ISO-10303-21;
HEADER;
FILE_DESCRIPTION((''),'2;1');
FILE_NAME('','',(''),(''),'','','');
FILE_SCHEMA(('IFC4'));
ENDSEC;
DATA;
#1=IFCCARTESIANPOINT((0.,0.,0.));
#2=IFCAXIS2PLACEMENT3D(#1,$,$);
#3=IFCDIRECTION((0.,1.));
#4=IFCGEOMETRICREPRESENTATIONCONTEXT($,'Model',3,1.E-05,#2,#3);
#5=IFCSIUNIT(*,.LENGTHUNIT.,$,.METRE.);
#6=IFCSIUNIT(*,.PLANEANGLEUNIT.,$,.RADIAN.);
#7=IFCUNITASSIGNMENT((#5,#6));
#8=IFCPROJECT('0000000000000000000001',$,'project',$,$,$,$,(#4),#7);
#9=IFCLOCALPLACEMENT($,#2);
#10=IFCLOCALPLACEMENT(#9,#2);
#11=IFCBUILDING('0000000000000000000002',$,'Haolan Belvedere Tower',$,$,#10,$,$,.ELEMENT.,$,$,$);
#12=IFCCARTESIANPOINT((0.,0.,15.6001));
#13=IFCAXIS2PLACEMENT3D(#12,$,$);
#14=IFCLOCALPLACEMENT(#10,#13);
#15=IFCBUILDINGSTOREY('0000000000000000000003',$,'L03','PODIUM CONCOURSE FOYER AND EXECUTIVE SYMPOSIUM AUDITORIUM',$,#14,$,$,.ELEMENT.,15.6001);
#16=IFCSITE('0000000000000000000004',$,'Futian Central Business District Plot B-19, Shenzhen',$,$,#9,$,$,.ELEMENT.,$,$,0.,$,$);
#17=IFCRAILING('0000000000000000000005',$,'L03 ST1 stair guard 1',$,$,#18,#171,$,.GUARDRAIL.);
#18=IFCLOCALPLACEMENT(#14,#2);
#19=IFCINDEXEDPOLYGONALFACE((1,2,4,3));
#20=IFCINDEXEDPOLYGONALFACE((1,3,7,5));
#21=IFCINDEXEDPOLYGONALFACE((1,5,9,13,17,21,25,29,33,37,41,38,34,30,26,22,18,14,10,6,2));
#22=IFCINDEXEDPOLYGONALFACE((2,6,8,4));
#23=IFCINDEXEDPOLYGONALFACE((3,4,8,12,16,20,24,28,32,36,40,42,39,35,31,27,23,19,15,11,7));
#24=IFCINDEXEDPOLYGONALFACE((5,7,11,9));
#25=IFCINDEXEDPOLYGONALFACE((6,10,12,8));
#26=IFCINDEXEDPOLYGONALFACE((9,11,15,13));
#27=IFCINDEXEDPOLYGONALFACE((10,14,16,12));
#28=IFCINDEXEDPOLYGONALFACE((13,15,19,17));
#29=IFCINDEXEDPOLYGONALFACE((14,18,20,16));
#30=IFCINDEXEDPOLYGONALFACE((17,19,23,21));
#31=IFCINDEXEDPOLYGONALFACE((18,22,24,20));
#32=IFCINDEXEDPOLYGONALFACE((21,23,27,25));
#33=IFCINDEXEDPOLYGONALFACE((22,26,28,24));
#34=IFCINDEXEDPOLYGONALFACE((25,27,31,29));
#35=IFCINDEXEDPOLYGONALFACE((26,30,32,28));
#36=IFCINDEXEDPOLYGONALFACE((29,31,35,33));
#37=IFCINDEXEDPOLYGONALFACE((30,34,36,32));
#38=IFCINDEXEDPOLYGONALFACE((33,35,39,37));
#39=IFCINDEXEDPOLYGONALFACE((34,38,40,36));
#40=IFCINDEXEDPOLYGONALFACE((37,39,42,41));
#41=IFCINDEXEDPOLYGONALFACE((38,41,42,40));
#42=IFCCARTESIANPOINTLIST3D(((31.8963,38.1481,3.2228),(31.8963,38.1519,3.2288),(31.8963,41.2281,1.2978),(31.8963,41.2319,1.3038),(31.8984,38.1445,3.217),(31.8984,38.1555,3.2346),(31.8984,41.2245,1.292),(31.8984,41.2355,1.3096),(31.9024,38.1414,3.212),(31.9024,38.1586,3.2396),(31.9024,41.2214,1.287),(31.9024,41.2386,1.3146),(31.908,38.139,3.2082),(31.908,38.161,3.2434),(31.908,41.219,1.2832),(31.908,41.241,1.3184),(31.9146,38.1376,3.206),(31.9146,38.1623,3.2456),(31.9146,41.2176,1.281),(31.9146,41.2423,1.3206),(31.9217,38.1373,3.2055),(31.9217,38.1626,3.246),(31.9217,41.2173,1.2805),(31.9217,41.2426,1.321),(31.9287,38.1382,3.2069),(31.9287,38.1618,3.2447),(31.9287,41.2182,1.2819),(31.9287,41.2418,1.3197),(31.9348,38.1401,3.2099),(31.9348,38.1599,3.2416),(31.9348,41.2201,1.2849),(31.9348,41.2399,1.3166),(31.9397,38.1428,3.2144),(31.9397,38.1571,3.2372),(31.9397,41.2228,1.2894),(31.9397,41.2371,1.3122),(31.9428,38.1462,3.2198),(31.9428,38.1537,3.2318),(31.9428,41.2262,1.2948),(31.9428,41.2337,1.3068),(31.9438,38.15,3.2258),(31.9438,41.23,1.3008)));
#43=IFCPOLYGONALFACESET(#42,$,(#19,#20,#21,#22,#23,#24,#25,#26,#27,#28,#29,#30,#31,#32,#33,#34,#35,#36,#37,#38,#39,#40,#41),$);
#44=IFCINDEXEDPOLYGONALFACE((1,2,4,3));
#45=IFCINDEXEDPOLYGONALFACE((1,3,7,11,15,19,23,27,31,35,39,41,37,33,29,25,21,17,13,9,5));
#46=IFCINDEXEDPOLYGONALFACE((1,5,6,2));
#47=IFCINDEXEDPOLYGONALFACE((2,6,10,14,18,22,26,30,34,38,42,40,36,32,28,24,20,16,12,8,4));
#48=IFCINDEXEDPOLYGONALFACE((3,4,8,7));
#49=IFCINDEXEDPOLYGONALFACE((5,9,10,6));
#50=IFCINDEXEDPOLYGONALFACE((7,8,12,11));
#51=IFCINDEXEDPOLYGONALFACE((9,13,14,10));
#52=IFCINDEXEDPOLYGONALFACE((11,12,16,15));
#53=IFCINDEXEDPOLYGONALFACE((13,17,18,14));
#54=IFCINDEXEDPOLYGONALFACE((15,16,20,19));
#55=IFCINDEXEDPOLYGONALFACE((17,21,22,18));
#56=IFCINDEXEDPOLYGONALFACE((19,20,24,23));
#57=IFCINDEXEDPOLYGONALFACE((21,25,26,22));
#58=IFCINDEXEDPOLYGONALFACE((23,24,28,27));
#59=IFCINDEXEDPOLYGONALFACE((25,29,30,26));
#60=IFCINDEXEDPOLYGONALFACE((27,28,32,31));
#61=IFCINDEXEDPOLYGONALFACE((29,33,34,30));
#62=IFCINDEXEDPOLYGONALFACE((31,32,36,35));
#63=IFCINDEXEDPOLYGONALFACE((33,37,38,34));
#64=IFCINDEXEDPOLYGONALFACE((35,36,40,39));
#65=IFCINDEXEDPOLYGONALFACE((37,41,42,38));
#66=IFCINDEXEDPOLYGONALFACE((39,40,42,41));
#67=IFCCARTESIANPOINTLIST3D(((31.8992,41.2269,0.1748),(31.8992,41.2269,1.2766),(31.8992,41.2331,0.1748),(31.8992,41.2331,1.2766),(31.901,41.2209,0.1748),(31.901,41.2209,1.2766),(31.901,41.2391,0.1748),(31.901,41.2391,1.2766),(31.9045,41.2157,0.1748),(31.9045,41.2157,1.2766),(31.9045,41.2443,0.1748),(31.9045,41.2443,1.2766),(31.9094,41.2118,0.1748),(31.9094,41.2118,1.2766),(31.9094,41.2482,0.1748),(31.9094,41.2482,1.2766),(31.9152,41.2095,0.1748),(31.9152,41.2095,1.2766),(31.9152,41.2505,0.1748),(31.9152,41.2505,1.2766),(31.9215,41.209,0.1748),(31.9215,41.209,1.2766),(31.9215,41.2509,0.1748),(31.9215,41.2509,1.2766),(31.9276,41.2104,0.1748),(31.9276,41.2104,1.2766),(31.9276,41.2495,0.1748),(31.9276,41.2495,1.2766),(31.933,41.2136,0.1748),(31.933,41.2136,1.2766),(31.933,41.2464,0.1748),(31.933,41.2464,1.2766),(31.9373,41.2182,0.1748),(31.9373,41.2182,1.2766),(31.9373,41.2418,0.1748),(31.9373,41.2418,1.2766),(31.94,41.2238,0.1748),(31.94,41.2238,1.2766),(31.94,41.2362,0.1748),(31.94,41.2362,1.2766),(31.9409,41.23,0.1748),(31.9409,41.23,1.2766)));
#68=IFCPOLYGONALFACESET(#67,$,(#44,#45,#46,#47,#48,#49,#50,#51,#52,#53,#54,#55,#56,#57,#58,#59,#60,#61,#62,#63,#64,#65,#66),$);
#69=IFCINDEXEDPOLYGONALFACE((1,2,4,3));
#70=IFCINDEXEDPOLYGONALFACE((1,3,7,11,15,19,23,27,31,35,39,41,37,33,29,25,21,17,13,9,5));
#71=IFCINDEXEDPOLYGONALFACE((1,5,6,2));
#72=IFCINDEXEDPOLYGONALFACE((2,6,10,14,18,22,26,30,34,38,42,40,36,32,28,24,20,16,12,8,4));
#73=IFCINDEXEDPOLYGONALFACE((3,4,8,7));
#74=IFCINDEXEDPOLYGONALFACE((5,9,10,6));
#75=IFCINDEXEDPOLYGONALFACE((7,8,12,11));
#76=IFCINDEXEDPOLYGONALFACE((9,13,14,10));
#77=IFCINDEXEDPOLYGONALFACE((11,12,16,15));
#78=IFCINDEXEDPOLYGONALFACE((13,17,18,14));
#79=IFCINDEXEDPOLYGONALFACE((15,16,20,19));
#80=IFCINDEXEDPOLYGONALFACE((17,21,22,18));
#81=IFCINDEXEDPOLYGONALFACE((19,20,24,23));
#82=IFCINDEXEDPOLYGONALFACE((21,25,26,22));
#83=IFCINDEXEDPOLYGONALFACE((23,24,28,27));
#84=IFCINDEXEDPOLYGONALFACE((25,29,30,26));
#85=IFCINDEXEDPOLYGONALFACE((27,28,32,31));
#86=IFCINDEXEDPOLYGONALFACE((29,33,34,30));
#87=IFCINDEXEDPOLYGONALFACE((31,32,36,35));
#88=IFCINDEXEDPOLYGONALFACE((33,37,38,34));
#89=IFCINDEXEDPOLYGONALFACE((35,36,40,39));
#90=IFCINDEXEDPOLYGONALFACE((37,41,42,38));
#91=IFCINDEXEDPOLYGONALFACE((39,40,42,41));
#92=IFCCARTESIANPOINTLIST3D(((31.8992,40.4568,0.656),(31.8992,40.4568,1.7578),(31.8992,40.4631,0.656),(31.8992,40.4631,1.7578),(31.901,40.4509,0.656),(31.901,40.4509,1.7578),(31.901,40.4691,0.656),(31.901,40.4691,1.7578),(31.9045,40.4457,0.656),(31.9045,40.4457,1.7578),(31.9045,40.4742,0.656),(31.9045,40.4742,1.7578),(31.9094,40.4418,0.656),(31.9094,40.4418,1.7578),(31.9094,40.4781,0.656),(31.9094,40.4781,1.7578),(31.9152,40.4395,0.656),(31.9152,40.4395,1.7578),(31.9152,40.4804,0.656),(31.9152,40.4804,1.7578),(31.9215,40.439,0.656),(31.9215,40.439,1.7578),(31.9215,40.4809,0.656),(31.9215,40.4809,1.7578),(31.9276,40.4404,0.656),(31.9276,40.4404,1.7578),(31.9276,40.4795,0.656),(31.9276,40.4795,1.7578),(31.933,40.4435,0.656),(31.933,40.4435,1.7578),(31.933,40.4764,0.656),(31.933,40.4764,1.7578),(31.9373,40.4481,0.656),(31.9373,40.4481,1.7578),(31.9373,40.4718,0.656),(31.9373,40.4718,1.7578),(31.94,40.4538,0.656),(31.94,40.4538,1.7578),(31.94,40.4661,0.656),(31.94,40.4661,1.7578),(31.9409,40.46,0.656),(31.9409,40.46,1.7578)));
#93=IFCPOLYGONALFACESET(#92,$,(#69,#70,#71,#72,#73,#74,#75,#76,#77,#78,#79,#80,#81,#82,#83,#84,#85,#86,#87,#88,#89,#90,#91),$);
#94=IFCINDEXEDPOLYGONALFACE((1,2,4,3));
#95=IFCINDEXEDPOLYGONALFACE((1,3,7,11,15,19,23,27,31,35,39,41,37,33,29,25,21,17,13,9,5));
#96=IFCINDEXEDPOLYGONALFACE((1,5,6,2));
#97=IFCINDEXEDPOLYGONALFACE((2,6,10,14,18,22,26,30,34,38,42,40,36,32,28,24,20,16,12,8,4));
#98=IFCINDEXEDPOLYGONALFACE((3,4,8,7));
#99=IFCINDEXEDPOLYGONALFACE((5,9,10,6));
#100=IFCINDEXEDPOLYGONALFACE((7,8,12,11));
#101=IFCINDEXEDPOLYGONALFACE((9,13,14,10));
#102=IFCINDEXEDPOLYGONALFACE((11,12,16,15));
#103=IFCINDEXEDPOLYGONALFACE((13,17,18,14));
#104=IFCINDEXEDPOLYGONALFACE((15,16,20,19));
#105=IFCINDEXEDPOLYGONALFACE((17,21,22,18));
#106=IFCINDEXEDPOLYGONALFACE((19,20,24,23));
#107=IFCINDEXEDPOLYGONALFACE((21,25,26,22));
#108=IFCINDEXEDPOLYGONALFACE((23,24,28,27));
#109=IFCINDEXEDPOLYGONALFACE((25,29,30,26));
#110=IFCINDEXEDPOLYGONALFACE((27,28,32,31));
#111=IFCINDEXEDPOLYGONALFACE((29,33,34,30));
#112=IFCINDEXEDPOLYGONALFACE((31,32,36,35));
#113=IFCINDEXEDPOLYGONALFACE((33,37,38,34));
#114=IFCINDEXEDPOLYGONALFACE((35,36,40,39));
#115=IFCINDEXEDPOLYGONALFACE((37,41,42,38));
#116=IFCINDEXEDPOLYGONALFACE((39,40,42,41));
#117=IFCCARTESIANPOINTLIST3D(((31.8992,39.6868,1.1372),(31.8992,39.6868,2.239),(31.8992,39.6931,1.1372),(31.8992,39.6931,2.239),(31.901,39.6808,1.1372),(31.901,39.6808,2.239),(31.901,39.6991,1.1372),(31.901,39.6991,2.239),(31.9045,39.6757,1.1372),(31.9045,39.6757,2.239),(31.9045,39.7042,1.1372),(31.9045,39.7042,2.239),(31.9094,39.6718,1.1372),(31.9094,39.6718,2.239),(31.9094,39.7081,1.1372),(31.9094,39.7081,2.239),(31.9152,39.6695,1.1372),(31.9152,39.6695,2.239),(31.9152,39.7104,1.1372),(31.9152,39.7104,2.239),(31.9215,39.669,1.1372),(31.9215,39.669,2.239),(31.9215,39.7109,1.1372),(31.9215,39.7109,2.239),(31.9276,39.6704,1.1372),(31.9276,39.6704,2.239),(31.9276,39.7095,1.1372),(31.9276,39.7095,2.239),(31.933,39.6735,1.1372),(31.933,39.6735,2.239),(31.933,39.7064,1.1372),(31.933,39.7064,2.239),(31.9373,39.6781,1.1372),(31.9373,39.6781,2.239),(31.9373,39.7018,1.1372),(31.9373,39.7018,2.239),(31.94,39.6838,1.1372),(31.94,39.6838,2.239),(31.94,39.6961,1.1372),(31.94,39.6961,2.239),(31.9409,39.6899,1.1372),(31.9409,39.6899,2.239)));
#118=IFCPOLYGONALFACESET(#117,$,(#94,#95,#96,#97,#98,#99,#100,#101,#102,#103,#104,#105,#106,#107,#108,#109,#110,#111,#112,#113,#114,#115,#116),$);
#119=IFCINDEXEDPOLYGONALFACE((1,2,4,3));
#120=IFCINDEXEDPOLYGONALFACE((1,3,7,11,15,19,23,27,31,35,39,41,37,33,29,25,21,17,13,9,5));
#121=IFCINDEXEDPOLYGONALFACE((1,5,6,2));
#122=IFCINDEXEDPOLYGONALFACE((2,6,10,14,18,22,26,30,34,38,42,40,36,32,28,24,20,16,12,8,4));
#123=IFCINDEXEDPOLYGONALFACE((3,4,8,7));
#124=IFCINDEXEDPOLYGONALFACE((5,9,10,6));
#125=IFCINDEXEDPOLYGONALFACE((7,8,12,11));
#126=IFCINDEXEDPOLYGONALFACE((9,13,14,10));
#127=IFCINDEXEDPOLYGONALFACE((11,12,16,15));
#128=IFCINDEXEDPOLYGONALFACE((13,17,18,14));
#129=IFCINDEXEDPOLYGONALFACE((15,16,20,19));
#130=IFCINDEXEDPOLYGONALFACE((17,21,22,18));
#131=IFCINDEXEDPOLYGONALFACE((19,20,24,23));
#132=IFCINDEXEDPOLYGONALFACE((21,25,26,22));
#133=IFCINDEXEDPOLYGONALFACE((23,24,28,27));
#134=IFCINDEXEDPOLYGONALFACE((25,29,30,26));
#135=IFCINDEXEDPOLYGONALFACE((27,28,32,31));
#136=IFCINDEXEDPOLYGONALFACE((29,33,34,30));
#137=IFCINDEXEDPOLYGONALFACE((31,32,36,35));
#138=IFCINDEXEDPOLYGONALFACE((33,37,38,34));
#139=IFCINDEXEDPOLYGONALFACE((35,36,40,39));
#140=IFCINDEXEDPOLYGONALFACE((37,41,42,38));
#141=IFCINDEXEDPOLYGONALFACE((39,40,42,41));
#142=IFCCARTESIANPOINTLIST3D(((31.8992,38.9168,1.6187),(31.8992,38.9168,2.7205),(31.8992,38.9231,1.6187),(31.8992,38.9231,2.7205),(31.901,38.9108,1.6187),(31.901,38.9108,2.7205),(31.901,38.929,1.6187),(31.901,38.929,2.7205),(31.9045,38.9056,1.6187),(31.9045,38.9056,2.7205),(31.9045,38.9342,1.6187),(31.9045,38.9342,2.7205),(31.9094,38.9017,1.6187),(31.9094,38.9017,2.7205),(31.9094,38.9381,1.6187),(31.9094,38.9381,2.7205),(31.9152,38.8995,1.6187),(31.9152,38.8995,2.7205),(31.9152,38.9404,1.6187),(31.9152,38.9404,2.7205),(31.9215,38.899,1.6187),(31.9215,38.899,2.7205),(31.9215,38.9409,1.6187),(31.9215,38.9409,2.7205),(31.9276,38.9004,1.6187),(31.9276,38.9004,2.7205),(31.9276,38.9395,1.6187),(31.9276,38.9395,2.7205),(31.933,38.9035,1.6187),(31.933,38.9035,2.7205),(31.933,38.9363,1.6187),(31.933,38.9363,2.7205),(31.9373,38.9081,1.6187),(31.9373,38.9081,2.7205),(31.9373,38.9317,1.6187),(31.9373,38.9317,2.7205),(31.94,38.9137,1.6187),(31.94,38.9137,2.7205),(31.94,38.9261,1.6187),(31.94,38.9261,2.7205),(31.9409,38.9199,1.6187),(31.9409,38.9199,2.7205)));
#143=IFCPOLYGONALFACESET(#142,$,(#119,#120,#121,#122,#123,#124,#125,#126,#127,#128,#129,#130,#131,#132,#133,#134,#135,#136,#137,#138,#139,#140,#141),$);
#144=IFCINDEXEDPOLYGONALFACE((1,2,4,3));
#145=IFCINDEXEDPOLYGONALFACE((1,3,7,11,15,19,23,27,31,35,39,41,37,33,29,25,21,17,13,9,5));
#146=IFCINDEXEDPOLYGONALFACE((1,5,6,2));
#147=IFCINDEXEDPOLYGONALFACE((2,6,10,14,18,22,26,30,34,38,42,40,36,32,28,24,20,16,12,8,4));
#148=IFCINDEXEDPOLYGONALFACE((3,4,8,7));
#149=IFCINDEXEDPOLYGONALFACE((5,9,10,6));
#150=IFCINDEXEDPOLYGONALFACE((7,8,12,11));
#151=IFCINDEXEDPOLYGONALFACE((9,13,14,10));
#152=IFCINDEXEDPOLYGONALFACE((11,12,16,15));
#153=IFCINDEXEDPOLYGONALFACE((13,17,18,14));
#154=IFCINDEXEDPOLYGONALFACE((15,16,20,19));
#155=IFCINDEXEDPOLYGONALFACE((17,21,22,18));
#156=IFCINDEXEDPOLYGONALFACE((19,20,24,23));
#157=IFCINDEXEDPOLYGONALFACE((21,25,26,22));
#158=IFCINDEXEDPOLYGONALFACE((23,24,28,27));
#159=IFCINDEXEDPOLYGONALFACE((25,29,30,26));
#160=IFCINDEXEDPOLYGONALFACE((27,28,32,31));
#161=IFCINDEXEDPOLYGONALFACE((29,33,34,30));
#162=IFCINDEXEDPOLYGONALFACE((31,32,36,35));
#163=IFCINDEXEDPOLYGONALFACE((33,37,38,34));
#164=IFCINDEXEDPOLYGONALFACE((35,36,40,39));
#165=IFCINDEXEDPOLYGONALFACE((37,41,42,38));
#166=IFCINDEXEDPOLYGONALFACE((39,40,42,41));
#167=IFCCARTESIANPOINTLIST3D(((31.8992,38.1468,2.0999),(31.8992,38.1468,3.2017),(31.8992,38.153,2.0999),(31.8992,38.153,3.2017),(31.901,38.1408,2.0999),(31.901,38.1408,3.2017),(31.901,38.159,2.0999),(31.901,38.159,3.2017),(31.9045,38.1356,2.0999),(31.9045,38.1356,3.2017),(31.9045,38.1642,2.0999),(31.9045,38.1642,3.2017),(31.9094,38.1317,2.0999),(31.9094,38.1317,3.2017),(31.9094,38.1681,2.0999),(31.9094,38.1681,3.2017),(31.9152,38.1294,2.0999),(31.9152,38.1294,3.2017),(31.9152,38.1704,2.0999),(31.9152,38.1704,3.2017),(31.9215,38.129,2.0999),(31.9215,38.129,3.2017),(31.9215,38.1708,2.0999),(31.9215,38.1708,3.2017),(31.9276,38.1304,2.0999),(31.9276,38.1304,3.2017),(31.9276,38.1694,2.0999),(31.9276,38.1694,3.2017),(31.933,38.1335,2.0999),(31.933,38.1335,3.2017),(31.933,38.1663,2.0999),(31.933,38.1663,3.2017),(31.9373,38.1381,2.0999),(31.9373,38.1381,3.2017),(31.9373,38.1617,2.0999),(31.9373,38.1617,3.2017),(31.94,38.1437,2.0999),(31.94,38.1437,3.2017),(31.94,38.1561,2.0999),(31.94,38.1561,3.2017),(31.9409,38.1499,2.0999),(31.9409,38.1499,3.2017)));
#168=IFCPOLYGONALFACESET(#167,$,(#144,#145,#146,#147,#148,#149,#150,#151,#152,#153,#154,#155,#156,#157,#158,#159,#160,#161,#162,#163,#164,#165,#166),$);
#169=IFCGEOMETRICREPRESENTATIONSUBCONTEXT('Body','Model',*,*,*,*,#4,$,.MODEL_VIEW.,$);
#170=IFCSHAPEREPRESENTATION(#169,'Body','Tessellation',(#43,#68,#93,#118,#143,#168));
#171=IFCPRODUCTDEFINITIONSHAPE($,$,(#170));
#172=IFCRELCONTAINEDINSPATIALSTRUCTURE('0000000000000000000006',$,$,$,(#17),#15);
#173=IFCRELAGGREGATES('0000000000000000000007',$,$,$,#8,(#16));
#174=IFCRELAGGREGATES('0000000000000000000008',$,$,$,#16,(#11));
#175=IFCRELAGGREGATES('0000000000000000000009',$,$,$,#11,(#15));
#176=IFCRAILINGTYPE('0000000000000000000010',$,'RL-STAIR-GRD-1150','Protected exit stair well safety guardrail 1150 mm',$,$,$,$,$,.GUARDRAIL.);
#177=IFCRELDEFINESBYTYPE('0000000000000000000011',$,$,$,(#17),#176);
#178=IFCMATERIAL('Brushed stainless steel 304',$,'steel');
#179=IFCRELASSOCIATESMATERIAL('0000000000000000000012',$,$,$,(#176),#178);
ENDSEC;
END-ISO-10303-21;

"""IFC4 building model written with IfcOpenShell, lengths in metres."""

from ifc_helpers import new_model, si_unit, direction, frame, origin, origin_2d, place, context, subcontext, project, spatial, circle, extrude, material, type_object, element, save


model = new_model("IFC4")

# Units and contexts
model_context = context("Model", 3, precision=1e-05, world=origin(), true_north=direction((0.0, 1.0)))
body_context = subcontext(model_context, "Body", "Model", "MODEL_VIEW")
ifc_project = project(units=[si_unit("LENGTHUNIT", "METRE"), si_unit("PLANEANGLEUNIT", "RADIAN")], contexts=[model_context])

# Site, building, storey
site_placement = place(None, origin())
site = spatial("IfcSite", under=ifc_project, at=site_placement, Name="Futian Central Business District Plot B-19, Shenzhen", CompositionType="ELEMENT", RefElevation=0.0)
building_placement = place(site_placement, origin())
building = spatial("IfcBuilding", under=site, at=building_placement, Name="Haolan Belvedere Tower", CompositionType="ELEMENT")
storey_placement = place(building_placement, frame((0.0, 0.0, 15.6001)))
storey = spatial("IfcBuildingStorey", under=building, at=storey_placement, Name="L03", Description="PODIUM CONCOURSE FOYER AND EXECUTIVE SYMPOSIUM AUDITORIUM", CompositionType="ELEMENT", Elevation=15.6001)

# Railing
ifc_material_1 = material(Name="Brushed stainless steel 304", Category="steel")
railing_type_1 = type_object("IfcRailingType", Name="RL-STAIR-GRD-1150", Description="Protected exit stair well safety guardrail 1150 mm", PredefinedType="GUARDRAIL", material=ifc_material_1)
railing_1_placement = place(storey_placement, frame((31.9199, 41.23, 0.1748)))
element("IfcRailing", 1, at=railing_1_placement, inside=storey, type_object=railing_type_1, Name="L03 ST1 stair guard 1", PredefinedType="GUARDRAIL", context=body_context, shape_type="SweptSolid", body=[
    extrude(circle(Radius=0.0239, at=origin_2d()), frame((0.0, 0.0, 1.126), z_axis=(0.0, -0.847998, 0.529999), x_axis=(1.0, 0.0, 0.0)), (0.0, 0.0, 1.0), 3.6321),
    extrude(circle(Radius=0.021, at=origin_2d()), origin(), (0.0, 0.0, 1.0), 1.1018),
    extrude(circle(Radius=0.021, at=origin_2d()), frame((0.0, -0.77, 0.4812)), (0.0, 0.0, 1.0), 1.1018),
    extrude(circle(Radius=0.021, at=origin_2d()), frame((0.0, -1.54, 0.9624)), (0.0, 0.0, 1.0), 1.1018),
    extrude(circle(Radius=0.021, at=origin_2d()), frame((0.0, -2.3101, 1.4438)), (0.0, 0.0, 1.0), 1.1018),
    extrude(circle(Radius=0.021, at=origin_2d()), frame((0.0, -3.0801, 1.925)), (0.0, 0.0, 1.0), 1.1018),
])

save(model, "model.ifc")
